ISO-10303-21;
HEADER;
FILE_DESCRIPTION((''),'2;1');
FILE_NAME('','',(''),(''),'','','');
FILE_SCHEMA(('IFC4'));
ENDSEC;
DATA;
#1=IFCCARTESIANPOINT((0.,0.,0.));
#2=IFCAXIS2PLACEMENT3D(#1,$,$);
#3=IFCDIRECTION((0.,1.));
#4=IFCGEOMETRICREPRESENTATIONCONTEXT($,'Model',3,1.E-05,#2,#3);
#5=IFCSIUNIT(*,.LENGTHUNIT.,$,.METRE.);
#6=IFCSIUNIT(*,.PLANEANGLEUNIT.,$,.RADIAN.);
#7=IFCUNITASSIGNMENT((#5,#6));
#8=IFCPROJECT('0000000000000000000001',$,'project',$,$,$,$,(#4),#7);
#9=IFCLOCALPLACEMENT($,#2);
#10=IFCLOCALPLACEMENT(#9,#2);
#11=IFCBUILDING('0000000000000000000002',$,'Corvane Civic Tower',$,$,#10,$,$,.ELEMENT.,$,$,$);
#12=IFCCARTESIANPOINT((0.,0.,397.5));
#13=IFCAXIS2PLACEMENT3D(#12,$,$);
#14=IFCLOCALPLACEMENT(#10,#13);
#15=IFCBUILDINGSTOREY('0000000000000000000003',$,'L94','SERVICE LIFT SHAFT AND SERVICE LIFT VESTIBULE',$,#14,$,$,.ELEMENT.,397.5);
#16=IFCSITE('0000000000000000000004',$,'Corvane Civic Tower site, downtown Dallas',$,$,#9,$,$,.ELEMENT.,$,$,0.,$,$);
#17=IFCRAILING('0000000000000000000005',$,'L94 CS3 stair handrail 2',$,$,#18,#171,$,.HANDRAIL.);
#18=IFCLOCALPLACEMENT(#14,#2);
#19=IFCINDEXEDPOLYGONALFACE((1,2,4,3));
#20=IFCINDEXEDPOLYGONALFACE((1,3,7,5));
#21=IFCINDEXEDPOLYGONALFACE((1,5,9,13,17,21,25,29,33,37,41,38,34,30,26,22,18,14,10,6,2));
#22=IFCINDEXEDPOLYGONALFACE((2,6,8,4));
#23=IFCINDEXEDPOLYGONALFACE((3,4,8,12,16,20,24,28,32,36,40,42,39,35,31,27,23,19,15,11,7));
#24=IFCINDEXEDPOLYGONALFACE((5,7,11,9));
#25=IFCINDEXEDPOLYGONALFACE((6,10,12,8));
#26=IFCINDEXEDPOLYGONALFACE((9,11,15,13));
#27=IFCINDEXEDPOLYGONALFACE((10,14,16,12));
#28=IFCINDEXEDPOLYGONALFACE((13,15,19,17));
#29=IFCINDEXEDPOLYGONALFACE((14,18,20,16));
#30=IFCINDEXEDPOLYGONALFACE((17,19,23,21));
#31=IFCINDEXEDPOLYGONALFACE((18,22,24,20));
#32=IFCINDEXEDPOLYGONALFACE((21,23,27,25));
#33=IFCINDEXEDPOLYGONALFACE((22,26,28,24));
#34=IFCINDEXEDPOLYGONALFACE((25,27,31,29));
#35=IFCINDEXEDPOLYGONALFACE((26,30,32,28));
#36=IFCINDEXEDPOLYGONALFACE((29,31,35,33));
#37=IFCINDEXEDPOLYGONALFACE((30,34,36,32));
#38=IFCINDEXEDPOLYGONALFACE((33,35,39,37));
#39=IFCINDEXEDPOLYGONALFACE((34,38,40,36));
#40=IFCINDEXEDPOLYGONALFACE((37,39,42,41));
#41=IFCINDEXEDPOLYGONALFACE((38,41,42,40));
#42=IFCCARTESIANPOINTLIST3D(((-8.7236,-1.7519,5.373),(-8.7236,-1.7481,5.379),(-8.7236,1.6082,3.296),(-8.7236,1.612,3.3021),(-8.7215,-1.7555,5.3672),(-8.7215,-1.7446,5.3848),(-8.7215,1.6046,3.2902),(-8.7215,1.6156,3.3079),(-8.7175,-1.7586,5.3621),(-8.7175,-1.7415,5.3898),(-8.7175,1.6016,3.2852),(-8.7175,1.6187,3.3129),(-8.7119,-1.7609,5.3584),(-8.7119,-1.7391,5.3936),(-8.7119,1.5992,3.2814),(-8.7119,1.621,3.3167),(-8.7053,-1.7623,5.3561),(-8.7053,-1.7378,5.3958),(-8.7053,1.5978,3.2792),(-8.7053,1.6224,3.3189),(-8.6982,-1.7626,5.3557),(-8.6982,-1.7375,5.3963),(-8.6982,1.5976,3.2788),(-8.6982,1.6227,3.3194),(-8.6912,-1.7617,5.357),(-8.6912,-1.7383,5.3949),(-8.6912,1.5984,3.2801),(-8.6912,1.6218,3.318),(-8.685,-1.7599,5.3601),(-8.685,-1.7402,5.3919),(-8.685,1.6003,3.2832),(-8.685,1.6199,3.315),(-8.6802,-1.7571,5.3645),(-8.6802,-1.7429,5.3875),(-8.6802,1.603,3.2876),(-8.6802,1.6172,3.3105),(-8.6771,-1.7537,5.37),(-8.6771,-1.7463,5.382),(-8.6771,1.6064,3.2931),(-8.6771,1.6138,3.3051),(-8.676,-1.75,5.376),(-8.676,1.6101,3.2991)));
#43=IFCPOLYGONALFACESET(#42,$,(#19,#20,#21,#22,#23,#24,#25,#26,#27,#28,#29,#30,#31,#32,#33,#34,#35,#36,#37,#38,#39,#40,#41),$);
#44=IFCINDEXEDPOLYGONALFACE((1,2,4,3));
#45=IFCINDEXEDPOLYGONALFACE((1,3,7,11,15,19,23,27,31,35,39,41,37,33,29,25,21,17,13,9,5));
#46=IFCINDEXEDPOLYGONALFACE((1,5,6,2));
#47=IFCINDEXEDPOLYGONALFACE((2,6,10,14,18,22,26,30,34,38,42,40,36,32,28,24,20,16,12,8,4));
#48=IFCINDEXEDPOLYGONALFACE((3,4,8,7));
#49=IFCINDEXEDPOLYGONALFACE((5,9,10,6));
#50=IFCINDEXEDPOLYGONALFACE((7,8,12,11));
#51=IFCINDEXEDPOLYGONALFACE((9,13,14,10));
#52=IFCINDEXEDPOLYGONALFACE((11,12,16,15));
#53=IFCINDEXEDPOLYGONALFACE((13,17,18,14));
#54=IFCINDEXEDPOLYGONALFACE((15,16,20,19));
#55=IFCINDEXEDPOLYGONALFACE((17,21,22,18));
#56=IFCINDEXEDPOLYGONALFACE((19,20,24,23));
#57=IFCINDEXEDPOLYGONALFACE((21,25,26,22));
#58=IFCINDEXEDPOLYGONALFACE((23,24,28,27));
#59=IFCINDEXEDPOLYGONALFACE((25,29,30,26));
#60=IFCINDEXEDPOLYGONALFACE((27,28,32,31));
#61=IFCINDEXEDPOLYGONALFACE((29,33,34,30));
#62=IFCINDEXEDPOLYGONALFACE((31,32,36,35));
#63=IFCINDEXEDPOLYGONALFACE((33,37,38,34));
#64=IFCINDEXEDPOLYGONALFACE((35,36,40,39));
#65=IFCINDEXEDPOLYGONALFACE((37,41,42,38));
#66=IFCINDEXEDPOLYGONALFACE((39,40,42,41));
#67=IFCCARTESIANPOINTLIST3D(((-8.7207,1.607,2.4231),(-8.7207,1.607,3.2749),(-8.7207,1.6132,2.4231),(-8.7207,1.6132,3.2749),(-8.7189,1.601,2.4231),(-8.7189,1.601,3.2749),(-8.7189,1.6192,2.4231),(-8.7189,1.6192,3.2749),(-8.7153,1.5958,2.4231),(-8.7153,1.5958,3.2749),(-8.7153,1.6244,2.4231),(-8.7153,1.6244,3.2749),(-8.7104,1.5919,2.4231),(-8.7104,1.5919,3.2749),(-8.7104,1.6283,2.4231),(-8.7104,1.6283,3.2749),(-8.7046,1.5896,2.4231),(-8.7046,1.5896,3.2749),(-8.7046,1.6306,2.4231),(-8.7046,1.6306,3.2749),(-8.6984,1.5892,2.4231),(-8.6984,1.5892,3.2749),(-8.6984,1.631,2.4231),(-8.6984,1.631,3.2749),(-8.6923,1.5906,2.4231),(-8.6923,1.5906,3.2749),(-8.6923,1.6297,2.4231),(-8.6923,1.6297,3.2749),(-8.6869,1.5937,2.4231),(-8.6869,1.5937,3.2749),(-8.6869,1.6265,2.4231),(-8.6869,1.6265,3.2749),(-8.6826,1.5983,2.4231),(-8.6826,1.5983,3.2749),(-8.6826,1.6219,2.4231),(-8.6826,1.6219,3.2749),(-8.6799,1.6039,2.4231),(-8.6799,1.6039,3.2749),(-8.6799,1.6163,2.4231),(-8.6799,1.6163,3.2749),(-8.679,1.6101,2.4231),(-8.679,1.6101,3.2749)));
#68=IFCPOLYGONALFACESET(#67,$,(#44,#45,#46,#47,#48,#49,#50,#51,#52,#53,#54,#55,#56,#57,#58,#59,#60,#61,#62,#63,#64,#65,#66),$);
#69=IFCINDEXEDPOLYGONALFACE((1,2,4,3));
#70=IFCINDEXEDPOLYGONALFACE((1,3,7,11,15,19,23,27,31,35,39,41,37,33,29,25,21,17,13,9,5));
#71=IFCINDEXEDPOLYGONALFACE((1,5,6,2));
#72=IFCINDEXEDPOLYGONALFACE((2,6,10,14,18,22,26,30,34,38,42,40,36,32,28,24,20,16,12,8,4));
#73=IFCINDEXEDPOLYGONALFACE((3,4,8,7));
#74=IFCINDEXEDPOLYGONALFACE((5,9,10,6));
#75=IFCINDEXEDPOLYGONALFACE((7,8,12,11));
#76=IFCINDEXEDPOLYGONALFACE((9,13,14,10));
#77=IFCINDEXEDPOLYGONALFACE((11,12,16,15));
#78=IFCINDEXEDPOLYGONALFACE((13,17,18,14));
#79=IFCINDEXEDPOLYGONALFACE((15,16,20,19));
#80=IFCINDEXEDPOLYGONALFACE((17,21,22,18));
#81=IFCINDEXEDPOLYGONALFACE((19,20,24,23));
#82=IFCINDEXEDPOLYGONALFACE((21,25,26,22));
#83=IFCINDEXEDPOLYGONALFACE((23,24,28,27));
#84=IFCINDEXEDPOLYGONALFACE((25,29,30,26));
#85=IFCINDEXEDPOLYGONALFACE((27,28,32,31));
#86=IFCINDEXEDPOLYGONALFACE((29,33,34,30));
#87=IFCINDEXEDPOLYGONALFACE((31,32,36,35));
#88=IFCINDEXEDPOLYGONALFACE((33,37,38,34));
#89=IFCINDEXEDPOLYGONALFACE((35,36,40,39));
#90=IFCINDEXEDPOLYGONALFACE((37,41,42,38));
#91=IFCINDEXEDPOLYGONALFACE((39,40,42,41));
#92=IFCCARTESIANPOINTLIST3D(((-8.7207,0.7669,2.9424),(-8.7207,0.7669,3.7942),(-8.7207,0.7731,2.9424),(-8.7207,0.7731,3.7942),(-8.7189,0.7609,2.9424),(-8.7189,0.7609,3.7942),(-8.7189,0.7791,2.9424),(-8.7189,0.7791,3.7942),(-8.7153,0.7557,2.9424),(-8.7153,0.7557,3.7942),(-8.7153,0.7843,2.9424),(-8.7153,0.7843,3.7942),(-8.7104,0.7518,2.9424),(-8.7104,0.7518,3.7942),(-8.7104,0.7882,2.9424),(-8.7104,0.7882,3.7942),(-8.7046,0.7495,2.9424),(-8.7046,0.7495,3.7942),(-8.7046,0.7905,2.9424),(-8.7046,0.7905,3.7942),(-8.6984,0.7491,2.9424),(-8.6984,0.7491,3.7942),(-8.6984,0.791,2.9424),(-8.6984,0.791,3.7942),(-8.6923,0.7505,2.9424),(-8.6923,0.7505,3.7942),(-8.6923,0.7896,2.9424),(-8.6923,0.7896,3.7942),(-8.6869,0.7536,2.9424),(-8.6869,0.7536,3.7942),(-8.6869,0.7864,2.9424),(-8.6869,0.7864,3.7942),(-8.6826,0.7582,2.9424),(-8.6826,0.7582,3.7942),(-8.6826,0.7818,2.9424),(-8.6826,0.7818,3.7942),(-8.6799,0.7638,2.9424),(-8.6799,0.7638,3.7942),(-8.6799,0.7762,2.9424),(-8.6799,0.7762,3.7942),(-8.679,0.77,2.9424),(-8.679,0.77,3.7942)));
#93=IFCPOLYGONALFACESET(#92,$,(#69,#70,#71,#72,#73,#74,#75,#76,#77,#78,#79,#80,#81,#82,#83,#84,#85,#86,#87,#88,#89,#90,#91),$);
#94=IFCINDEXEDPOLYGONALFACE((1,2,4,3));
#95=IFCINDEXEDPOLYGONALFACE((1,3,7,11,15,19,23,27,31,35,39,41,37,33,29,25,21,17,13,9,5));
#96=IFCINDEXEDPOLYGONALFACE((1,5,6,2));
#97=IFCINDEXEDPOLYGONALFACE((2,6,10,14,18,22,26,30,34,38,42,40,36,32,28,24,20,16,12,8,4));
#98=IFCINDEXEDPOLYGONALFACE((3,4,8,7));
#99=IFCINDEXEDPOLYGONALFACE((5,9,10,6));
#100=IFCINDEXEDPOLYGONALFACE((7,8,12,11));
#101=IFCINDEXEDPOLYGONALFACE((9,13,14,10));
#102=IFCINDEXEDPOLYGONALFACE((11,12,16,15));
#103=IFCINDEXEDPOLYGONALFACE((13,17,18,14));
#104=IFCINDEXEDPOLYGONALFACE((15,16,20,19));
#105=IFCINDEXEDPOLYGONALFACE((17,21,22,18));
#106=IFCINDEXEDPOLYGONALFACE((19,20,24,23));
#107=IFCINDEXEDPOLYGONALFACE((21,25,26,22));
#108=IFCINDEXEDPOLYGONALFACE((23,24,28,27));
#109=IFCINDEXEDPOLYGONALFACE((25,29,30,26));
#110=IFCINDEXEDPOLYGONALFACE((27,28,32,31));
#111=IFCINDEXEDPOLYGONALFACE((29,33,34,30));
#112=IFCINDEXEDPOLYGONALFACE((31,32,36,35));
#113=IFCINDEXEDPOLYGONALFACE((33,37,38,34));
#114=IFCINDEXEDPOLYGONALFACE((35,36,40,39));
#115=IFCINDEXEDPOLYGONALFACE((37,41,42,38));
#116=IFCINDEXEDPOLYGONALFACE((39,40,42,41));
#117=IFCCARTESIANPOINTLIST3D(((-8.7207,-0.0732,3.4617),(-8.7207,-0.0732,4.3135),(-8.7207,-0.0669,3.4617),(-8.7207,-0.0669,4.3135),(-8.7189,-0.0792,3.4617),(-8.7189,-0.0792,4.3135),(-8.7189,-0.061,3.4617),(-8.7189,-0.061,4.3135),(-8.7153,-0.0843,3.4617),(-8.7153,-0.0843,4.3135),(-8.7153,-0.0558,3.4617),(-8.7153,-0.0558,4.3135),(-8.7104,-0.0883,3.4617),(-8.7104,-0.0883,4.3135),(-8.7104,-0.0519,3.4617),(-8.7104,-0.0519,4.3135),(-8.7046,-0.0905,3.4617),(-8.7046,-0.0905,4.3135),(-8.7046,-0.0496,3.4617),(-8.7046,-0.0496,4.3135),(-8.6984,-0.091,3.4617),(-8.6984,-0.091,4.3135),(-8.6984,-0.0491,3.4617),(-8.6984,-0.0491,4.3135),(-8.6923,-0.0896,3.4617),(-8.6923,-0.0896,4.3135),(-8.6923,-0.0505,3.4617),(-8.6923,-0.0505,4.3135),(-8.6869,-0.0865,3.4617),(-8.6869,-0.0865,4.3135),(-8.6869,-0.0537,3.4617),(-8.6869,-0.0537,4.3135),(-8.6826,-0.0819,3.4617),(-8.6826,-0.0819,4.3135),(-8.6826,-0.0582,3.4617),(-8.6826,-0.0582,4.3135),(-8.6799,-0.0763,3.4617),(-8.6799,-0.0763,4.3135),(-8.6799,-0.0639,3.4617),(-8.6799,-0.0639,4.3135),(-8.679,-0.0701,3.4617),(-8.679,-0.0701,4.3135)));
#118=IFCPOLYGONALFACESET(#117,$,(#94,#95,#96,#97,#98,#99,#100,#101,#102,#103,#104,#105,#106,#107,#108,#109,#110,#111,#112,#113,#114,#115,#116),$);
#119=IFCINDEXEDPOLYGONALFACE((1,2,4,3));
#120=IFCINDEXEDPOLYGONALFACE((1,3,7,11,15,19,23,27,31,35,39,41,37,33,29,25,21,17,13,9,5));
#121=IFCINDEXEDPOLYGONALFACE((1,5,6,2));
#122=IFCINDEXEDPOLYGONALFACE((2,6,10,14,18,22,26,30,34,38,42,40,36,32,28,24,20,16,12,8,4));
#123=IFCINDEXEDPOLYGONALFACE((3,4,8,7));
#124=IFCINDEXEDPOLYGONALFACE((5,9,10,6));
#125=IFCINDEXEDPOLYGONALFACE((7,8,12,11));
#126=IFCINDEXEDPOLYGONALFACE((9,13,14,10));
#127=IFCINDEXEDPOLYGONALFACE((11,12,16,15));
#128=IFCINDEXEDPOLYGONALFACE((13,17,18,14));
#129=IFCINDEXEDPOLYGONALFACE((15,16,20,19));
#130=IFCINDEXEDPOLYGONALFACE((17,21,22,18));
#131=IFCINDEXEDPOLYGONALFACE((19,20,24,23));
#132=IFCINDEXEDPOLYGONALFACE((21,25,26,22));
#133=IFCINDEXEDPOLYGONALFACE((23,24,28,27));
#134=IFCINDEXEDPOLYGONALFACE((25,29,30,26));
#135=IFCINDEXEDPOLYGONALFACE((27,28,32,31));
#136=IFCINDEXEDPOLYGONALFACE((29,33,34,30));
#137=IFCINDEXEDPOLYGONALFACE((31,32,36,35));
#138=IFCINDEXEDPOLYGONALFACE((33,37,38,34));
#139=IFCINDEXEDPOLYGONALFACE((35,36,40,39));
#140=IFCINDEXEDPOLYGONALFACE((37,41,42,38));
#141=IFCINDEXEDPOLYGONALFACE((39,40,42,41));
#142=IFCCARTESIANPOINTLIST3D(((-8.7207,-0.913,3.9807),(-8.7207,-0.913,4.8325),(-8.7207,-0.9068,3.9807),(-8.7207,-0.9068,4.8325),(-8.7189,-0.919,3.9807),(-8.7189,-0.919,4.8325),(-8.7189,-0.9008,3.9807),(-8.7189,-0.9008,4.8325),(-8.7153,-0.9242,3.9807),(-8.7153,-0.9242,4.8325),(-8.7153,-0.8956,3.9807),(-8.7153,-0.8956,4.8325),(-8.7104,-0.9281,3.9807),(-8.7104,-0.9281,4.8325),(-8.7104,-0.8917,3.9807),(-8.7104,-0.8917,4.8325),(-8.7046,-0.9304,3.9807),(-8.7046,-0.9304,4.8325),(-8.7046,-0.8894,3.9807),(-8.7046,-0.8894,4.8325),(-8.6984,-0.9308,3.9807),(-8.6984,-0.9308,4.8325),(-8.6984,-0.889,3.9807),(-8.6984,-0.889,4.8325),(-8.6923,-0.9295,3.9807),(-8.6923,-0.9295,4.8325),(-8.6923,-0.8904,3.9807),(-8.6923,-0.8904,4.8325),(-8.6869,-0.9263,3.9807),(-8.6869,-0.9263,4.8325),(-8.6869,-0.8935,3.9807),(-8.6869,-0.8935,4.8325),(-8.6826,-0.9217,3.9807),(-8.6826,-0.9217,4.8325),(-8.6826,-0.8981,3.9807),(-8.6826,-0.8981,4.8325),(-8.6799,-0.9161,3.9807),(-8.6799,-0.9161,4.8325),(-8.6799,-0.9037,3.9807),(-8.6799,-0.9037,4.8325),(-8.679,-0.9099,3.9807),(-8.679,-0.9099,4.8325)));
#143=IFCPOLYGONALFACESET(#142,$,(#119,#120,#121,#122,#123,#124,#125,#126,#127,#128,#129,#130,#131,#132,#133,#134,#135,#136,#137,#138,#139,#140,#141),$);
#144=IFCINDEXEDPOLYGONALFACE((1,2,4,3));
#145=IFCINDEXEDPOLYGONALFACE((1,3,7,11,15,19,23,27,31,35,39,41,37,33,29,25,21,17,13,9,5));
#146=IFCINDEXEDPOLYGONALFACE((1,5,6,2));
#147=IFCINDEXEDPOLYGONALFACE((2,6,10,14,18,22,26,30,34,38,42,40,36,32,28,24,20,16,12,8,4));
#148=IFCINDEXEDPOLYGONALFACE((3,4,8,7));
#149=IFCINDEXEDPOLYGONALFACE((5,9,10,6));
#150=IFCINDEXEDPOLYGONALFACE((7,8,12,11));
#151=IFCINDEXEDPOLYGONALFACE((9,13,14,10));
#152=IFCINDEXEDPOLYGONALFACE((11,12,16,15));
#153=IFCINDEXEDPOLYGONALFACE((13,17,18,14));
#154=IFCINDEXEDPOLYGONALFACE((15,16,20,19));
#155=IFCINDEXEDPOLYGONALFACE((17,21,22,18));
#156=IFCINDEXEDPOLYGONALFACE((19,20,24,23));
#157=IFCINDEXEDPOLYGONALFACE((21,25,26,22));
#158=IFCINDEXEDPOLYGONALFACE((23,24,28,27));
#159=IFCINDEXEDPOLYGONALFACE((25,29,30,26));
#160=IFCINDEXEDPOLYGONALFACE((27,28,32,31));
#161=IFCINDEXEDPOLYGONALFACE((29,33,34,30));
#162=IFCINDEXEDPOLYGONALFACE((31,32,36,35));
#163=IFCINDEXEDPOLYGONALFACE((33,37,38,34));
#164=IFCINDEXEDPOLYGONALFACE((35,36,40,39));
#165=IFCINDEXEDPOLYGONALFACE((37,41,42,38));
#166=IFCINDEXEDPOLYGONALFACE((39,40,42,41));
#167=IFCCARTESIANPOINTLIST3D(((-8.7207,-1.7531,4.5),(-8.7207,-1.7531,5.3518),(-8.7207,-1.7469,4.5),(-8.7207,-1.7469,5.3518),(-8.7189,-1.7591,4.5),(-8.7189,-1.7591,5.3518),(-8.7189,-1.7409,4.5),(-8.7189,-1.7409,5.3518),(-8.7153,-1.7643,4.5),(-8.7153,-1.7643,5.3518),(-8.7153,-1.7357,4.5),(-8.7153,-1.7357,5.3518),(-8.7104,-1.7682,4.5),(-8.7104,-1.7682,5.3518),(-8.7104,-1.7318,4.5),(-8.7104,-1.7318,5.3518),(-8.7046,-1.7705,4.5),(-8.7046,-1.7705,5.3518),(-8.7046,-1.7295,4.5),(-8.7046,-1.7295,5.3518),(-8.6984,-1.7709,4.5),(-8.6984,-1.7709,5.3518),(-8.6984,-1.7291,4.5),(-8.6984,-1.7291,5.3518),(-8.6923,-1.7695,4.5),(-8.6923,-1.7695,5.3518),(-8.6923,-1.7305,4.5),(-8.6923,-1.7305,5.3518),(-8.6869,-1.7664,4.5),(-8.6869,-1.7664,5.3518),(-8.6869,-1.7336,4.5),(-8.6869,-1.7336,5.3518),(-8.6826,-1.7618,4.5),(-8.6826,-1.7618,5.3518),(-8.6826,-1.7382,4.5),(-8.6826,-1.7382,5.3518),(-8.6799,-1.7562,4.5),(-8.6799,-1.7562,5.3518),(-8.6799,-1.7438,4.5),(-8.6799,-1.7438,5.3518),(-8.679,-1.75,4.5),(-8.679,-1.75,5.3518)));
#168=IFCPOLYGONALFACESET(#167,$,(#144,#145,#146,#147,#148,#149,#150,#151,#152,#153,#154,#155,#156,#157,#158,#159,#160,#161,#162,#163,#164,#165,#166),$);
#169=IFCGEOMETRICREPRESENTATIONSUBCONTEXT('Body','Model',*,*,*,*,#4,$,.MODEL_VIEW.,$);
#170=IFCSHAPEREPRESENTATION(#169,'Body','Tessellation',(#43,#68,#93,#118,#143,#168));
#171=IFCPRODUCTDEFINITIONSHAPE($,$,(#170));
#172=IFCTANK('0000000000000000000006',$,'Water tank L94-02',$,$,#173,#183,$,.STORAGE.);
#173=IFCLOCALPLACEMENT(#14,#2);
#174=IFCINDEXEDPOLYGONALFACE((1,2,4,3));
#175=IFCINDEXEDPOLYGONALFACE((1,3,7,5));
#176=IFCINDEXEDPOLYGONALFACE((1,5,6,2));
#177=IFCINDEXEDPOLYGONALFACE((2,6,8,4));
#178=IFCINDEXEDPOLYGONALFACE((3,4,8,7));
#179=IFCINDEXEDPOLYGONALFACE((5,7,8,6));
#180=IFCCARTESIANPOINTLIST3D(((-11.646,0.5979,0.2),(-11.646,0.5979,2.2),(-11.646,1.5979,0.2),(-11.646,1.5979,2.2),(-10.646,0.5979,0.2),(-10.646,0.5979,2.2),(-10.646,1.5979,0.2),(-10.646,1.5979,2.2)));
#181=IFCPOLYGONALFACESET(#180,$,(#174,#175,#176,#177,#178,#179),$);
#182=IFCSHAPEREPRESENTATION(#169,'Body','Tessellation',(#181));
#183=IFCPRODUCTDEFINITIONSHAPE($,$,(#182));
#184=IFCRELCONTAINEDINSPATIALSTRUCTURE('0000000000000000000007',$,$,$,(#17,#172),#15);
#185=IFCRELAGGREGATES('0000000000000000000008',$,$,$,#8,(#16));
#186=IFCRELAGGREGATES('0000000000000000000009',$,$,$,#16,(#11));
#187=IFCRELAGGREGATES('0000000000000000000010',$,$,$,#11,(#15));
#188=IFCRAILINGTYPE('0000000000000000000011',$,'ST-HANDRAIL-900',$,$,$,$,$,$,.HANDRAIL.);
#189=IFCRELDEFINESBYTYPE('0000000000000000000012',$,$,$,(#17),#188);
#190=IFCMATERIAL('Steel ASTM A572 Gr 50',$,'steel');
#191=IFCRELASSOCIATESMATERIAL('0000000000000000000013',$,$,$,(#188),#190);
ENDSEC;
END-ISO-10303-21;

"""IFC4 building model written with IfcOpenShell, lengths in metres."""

from ifc_helpers import new_model, si_unit, direction, frame, origin, origin_2d, place, context, subcontext, project, spatial, rectangle, circle, extrude, material, type_object, element, save


model = new_model("IFC4")

# Units and contexts
model_context = context("Model", 3, precision=1e-05, world=origin(), true_north=direction((0.0, 1.0)))
body_context = subcontext(model_context, "Body", "Model", "MODEL_VIEW")
ifc_project = project(units=[si_unit("LENGTHUNIT", "METRE"), si_unit("PLANEANGLEUNIT", "RADIAN")], contexts=[model_context])

# Site, building, storey
site_placement = place(None, origin())
site = spatial("IfcSite", under=ifc_project, at=site_placement, Name="Corvane Civic Tower site, downtown Dallas", CompositionType="ELEMENT", RefElevation=0.0)
building_placement = place(site_placement, origin())
building = spatial("IfcBuilding", under=site, at=building_placement, Name="Corvane Civic Tower", CompositionType="ELEMENT")
storey_placement = place(building_placement, frame((0.0, 0.0, 397.5)))
storey = spatial("IfcBuildingStorey", under=building, at=storey_placement, Name="L94", Description="SERVICE LIFT SHAFT AND SERVICE LIFT VESTIBULE", CompositionType="ELEMENT", Elevation=397.5)

# Railing
ifc_material_1 = material(Name="Steel ASTM A572 Gr 50", Category="steel")
railing_type = type_object("IfcRailingType", Name="ST-HANDRAIL-900", PredefinedType="HANDRAIL", material=ifc_material_1)
railing_placement = place(storey_placement, frame((-8.7, 1.6101, 2.4231)))
element("IfcRailing", 1, at=railing_placement, inside=storey, type_object=railing_type, Name="L94 CS3 stair handrail 2", PredefinedType="HANDRAIL", context=body_context, shape_type="SweptSolid", body=[
    extrude(circle(Radius=0.0239, at=origin_2d()), frame((0.0, 0.0, 0.876), z_axis=(0.0, -0.850623, 0.525776), x_axis=(1.0, 0.0, 0.0)), (0.0, 0.0, 1.0), 3.9502),
    extrude(circle(Radius=0.021, at=origin_2d()), origin(), (0.0, 0.0, 1.0), 0.8518),
    extrude(circle(Radius=0.021, at=origin_2d()), frame((0.0, -0.8401, 0.5193)), (0.0, 0.0, 1.0), 0.8518),
    extrude(circle(Radius=0.021, at=origin_2d()), frame((0.0, -1.6802, 1.0386)), (0.0, 0.0, 1.0), 0.8518),
    extrude(circle(Radius=0.021, at=origin_2d()), frame((0.0, -2.52, 1.5576)), (0.0, 0.0, 1.0), 0.8518),
    extrude(circle(Radius=0.021, at=origin_2d()), frame((0.0, -3.3601, 2.0769)), (0.0, 0.0, 1.0), 0.8518),
])

# Tank
tank_placement = place(storey_placement, frame((-11.146, 1.0979, 0.2), z_axis=(0.0, 0.0, 1.0), x_axis=(1.0, 0.0, 0.0)))
element("IfcTank", 2, at=tank_placement, inside=storey, Name="Water tank L94-02", PredefinedType="STORAGE", context=body_context, shape_type="SweptSolid", body=[
    extrude(rectangle(XDim=1.0, YDim=1.0, at=origin_2d()), origin(), (0.0, 0.0, 1.0), 2.0),
])

save(model, "model.ifc")
